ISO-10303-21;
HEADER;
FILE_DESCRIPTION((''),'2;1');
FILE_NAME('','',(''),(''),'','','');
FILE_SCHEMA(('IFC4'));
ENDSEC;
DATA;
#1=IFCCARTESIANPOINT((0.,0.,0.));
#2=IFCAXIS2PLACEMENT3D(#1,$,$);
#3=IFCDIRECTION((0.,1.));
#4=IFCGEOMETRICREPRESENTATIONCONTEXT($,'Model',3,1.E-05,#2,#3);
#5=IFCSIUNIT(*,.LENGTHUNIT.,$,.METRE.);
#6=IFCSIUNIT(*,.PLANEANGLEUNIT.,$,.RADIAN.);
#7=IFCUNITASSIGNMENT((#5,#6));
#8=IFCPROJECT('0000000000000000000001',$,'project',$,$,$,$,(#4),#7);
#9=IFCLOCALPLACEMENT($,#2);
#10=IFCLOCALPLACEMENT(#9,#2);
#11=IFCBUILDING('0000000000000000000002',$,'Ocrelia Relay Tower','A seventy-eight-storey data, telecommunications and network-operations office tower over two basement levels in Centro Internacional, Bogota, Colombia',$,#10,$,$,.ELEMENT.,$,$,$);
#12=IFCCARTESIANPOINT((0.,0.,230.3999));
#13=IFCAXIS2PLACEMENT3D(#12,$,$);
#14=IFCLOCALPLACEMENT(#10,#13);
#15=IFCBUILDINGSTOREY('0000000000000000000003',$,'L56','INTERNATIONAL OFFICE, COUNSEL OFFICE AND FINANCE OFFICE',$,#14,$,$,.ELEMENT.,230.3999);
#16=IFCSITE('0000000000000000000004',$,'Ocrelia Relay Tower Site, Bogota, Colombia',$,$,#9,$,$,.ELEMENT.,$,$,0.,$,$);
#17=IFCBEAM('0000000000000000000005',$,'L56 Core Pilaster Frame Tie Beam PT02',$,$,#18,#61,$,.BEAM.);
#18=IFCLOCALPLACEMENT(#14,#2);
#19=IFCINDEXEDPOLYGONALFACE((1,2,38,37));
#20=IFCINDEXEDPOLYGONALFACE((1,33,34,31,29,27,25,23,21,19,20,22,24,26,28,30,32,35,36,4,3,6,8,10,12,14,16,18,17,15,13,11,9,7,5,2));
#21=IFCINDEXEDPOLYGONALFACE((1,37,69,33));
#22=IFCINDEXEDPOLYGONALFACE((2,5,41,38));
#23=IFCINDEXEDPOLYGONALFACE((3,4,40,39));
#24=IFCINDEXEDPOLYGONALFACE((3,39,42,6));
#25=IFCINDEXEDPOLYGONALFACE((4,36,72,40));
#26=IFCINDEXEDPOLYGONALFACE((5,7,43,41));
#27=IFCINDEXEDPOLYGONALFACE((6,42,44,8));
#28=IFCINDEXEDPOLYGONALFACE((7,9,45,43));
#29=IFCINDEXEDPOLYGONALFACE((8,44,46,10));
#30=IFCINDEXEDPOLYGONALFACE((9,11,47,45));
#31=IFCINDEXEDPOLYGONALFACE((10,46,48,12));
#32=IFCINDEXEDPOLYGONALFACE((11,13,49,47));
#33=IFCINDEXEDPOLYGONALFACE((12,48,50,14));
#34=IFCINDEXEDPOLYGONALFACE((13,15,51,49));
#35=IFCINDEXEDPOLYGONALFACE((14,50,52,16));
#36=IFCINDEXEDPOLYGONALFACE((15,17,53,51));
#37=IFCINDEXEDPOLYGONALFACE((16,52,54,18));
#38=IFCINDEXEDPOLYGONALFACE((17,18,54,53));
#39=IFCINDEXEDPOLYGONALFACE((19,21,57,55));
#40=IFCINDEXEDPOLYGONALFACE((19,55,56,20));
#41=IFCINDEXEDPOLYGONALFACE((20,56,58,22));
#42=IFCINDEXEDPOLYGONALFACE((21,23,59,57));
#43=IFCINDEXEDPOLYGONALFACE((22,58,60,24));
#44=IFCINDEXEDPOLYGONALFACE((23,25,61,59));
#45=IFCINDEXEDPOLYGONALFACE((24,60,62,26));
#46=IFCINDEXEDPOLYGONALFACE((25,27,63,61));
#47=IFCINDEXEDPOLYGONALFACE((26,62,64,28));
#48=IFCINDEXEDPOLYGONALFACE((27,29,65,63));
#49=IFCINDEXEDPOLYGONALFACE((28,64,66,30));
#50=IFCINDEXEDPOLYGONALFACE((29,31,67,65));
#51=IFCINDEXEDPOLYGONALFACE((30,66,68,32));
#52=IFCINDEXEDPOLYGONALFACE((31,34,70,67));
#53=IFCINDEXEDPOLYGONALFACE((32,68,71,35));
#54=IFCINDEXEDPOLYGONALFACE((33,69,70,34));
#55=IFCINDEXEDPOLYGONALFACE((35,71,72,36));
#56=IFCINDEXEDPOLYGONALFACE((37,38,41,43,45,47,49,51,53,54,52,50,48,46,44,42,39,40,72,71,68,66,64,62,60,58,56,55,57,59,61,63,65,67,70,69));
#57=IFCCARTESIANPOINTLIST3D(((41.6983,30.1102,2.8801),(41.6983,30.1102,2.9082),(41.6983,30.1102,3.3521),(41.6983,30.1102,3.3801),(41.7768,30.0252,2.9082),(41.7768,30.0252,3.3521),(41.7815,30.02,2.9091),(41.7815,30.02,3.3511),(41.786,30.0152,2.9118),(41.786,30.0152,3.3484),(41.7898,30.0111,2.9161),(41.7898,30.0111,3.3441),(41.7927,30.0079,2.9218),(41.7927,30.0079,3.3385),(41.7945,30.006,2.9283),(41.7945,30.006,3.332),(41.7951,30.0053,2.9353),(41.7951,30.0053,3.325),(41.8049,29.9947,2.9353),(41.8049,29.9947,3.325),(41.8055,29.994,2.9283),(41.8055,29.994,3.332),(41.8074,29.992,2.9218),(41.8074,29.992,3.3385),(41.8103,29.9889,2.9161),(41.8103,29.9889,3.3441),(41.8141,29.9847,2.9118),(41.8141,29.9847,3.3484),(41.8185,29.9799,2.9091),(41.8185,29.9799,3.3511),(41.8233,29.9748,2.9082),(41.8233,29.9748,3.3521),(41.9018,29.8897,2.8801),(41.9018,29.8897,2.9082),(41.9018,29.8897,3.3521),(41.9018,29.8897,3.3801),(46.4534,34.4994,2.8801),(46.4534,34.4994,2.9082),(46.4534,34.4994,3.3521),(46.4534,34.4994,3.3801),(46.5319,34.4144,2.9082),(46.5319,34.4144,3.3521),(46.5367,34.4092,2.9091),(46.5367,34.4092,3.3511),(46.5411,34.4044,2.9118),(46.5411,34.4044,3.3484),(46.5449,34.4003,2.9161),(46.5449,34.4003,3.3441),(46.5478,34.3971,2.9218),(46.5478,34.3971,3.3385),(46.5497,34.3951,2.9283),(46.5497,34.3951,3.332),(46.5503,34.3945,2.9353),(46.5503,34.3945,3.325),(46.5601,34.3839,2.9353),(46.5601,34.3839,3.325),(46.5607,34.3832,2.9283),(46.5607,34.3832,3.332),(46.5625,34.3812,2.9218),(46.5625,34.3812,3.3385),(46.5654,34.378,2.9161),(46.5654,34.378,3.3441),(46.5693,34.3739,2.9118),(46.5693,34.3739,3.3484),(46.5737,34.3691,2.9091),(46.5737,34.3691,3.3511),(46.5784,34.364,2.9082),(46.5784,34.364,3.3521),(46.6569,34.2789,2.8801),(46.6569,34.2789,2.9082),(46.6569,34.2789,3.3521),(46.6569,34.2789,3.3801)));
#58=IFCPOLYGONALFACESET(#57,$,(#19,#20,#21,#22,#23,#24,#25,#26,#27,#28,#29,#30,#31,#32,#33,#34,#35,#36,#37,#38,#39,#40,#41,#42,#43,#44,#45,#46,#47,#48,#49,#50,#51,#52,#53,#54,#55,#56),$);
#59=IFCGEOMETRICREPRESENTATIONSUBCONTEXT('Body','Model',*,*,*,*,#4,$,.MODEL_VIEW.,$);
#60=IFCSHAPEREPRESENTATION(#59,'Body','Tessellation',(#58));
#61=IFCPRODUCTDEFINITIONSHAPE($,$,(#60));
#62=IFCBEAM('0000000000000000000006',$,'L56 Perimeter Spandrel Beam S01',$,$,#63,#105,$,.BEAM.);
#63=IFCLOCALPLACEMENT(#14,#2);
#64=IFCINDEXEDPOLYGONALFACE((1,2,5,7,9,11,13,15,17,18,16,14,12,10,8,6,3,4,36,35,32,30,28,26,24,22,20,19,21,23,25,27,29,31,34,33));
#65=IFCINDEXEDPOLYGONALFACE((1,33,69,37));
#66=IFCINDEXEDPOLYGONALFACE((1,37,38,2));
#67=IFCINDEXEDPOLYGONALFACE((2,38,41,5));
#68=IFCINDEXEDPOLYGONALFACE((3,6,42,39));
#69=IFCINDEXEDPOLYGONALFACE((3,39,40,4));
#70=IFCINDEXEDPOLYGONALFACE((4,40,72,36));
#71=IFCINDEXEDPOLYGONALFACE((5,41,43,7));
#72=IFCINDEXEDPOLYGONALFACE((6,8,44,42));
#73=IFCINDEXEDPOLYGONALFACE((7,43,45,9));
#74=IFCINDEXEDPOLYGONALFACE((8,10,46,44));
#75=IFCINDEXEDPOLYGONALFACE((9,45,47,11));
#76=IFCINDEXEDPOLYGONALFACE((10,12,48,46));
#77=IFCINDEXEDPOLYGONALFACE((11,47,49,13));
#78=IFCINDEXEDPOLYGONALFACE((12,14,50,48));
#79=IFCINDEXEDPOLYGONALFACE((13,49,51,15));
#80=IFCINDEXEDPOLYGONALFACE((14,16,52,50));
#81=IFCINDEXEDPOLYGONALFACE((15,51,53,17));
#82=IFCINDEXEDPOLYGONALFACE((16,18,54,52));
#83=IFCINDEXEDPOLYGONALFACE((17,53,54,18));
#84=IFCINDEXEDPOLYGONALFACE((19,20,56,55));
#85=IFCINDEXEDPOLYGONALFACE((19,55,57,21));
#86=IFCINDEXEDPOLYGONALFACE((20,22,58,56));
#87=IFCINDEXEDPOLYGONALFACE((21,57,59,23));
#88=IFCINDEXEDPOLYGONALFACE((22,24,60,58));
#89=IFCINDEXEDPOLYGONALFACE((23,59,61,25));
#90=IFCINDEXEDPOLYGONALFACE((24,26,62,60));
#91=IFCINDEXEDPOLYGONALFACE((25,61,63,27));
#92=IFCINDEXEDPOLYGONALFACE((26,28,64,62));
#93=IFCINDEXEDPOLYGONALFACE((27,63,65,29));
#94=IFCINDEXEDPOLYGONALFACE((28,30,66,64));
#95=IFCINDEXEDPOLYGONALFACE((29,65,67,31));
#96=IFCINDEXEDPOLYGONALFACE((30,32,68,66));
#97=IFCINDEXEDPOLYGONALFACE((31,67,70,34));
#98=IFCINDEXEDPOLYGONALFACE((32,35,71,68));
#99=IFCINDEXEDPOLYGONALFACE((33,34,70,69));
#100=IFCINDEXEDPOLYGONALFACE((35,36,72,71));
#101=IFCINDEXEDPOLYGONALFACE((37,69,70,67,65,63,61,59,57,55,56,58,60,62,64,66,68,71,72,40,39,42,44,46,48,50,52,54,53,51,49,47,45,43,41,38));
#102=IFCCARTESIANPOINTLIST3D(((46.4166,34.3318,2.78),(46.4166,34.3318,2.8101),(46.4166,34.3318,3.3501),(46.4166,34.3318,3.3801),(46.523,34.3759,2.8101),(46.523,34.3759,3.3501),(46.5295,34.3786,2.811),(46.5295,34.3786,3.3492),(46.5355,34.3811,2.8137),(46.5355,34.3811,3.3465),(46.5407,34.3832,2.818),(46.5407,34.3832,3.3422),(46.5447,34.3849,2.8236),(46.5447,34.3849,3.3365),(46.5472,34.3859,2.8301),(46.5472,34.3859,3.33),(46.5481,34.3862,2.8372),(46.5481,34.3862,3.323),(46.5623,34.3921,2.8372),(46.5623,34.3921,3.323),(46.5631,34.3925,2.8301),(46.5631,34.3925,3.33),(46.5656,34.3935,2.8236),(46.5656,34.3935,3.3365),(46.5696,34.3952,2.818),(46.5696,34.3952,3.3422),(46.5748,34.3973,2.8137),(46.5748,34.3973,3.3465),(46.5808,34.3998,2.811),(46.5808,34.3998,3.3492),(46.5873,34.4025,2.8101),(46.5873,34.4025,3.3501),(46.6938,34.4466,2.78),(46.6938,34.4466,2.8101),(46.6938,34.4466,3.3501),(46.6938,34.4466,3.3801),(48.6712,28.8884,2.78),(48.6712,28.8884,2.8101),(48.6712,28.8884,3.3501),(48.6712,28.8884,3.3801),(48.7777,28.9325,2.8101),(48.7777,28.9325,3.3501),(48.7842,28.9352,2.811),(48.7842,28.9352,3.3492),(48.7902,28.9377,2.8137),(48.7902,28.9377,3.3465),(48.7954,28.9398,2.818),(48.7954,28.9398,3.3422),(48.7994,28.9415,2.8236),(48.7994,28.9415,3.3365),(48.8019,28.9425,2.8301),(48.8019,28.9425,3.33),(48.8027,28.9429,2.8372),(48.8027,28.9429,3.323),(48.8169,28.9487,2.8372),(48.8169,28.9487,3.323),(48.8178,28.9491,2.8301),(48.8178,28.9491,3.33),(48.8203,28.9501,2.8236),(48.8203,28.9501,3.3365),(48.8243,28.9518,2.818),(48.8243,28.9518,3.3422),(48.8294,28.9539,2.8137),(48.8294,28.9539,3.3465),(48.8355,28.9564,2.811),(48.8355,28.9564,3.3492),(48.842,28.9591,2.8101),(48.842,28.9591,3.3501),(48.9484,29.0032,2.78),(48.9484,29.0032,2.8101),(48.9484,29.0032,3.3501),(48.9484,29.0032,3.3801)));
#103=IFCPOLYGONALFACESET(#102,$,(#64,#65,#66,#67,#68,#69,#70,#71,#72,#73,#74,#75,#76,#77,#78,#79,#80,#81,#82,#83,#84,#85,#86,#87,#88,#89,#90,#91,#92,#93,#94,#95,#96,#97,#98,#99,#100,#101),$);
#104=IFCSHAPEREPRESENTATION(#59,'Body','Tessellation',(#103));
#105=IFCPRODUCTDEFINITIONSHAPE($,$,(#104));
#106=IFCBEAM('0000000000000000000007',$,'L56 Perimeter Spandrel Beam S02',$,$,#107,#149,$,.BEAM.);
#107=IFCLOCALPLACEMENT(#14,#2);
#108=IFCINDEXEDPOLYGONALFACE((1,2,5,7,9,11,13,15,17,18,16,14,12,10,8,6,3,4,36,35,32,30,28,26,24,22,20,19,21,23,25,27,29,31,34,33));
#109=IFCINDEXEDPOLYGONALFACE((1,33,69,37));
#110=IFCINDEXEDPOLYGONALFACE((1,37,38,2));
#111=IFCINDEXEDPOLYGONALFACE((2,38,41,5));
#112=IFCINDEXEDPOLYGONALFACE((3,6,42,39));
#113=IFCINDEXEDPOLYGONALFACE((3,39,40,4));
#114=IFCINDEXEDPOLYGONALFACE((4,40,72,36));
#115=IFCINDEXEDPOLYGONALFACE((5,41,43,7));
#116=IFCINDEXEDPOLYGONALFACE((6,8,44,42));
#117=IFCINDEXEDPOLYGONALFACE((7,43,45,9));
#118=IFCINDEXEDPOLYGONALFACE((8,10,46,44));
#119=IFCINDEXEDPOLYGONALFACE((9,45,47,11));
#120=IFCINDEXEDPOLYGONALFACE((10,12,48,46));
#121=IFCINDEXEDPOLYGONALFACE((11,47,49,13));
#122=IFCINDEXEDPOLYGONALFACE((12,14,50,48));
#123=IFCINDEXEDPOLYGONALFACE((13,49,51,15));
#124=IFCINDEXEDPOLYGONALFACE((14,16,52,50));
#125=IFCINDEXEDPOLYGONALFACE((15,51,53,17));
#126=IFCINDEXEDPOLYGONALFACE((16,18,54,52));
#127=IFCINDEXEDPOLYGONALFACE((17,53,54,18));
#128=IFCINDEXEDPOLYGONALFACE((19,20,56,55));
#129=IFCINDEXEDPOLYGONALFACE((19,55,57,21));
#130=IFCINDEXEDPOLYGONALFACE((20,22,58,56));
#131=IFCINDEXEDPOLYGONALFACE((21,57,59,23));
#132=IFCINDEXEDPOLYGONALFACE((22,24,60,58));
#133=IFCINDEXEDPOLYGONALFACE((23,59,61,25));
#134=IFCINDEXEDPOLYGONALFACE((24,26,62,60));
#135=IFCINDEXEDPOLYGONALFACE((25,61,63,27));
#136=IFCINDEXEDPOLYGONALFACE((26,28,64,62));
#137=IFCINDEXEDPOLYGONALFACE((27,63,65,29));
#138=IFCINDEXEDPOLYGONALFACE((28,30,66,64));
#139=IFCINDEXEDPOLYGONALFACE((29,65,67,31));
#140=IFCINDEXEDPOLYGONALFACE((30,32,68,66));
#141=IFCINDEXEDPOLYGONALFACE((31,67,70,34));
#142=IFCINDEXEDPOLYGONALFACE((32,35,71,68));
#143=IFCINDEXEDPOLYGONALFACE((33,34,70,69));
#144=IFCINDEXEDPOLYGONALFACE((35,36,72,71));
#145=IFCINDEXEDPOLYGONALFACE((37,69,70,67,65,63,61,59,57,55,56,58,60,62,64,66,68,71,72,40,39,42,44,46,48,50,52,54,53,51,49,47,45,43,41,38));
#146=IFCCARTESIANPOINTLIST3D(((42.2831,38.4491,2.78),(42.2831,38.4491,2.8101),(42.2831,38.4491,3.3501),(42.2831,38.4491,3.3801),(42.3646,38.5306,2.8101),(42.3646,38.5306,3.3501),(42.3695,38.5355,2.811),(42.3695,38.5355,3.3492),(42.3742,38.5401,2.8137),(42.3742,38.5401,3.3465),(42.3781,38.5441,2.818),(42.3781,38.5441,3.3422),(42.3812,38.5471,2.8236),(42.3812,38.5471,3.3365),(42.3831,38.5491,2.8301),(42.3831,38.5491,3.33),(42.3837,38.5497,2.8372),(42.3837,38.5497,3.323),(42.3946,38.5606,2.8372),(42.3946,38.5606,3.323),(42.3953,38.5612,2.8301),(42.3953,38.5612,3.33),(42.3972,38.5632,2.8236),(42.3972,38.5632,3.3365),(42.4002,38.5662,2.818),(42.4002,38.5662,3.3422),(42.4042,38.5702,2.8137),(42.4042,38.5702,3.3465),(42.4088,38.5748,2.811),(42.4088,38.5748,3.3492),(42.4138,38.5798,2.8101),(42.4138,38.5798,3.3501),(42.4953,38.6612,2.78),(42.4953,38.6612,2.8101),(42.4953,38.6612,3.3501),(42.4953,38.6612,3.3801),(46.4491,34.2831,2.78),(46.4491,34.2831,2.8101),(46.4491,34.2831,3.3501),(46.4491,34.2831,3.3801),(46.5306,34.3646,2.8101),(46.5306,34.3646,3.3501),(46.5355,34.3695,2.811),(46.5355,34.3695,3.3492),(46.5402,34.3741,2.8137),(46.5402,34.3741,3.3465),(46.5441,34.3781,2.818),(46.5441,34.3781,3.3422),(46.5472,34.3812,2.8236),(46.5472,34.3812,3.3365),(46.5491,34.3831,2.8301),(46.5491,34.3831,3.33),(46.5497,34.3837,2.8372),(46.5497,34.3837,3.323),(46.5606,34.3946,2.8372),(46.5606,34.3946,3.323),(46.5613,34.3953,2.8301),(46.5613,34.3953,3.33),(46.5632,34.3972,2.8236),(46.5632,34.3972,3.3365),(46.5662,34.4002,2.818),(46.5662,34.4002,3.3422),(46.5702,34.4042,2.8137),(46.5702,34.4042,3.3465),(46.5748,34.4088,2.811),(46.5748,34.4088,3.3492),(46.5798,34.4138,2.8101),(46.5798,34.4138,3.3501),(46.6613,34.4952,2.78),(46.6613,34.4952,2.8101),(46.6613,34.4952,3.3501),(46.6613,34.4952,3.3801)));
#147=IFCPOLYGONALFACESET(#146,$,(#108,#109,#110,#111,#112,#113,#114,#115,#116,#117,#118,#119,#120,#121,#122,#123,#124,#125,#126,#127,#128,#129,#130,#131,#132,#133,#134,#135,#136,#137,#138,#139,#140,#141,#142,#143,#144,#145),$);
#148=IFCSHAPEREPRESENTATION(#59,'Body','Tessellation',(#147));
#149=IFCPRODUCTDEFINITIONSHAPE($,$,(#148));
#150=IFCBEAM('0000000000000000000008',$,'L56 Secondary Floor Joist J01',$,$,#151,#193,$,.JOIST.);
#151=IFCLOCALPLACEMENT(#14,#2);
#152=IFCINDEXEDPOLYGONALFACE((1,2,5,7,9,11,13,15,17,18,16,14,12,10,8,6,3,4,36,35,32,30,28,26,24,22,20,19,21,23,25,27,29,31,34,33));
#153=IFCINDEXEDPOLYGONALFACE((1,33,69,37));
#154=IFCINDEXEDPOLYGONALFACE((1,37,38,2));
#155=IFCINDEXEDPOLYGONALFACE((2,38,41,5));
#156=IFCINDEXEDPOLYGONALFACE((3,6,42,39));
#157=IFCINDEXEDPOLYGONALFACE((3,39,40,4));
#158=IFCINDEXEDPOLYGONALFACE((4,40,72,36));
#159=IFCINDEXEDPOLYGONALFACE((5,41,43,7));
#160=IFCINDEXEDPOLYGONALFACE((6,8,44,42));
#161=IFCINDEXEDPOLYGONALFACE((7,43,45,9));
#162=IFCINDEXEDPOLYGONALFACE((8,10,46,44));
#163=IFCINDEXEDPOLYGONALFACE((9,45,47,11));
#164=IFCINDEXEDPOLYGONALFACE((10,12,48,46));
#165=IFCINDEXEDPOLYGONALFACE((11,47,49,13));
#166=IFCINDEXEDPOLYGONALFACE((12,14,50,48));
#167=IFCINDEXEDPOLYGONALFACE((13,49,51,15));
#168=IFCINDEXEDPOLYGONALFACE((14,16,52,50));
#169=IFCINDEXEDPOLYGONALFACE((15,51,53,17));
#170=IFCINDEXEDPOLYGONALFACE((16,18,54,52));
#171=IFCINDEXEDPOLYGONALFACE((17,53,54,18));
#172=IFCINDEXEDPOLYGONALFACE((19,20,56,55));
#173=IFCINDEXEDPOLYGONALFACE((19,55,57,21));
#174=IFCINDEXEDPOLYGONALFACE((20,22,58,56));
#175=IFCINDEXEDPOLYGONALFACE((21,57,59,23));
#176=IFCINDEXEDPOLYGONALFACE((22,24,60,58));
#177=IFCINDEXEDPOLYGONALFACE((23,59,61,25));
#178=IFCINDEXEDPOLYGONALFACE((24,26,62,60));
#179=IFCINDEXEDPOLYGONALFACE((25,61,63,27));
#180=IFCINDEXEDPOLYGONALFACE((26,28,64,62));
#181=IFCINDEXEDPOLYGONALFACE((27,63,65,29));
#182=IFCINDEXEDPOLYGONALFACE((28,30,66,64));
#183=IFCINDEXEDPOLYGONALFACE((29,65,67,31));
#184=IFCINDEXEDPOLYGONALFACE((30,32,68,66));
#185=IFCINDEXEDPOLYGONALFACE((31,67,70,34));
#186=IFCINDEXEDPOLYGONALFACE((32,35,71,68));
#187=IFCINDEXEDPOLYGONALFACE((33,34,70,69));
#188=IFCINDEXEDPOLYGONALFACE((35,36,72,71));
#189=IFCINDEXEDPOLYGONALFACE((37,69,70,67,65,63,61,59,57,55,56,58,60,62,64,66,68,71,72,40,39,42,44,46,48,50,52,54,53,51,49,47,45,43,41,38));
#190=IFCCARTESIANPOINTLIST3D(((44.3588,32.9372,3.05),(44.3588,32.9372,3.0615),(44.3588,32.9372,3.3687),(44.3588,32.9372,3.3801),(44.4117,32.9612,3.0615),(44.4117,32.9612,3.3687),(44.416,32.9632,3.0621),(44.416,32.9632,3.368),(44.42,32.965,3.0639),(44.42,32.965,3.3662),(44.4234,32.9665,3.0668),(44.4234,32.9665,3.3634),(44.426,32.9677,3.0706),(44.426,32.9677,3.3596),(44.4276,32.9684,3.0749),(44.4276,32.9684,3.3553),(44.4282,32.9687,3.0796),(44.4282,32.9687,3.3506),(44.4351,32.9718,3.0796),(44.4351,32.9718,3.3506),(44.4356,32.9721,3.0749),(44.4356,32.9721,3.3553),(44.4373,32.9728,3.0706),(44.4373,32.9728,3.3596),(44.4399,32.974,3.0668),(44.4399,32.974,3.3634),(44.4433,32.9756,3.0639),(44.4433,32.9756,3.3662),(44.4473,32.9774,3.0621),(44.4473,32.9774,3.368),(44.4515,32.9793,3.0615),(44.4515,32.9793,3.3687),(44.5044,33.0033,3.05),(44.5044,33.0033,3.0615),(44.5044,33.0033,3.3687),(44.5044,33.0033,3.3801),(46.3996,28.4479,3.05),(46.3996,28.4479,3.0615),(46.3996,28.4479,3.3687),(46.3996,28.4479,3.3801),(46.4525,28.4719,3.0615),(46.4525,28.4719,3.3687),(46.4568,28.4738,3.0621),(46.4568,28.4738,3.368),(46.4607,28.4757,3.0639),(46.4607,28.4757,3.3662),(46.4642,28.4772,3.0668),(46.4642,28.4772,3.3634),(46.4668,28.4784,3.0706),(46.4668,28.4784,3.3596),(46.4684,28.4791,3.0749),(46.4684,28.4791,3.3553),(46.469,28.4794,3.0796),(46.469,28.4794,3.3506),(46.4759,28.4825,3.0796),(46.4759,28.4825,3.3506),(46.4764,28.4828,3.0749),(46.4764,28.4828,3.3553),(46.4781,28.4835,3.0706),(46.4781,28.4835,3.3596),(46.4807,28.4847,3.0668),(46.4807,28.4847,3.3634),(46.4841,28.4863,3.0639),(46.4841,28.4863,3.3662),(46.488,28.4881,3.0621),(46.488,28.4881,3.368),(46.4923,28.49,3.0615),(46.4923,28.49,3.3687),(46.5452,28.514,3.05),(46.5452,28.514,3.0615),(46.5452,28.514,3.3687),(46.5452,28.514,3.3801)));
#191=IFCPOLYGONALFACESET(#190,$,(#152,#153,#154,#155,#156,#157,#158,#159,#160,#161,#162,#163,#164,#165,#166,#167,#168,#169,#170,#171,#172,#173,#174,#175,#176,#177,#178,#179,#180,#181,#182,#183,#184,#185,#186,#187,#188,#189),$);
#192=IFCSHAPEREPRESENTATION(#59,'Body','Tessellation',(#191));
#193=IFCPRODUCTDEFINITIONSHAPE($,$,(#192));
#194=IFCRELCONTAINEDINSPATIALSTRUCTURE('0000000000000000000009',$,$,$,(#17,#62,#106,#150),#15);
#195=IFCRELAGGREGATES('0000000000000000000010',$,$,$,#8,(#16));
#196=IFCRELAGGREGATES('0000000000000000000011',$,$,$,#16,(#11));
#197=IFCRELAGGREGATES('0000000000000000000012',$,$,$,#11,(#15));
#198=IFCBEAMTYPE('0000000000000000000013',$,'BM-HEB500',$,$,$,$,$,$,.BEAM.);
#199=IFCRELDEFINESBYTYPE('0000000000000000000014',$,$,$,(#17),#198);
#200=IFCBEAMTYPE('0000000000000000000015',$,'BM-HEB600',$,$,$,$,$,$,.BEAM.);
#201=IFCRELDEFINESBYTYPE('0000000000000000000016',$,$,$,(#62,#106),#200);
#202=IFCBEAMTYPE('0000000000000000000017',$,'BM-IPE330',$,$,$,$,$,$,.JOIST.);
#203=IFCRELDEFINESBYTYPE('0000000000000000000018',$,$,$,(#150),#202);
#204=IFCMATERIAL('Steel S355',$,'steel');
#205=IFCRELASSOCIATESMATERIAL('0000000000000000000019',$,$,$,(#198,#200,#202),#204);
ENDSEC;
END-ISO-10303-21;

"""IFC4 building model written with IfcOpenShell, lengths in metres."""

from ifc_helpers import new_model, si_unit, direction, frame, origin, origin_2d, place, context, subcontext, project, spatial, i_section, extrude, material, material_profile, profile_set, type_object, element, save


model = new_model("IFC4")

# Units and contexts
model_context = context("Model", 3, precision=1e-05, world=origin(), true_north=direction((0.0, 1.0)))
body_context = subcontext(model_context, "Body", "Model", "MODEL_VIEW")
ifc_project = project(units=[si_unit("LENGTHUNIT", "METRE"), si_unit("PLANEANGLEUNIT", "RADIAN")], contexts=[model_context])

# Site, building, storey
site_placement = place(None, origin())
site = spatial("IfcSite", under=ifc_project, at=site_placement, Name="Ocrelia Relay Tower Site, Bogota, Colombia", CompositionType="ELEMENT", RefElevation=0.0)
building_placement = place(site_placement, origin())
building = spatial("IfcBuilding", under=site, at=building_placement, Name="Ocrelia Relay Tower", Description="A seventy-eight-storey data, telecommunications and network-operations office tower over two basement levels in Centro Internacional, Bogota, Colombia", CompositionType="ELEMENT")
storey_placement = place(building_placement, frame((0.0, 0.0, 230.3999)))
storey = spatial("IfcBuildingStorey", under=building, at=storey_placement, Name="L56", Description="INTERNATIONAL OFFICE, COUNSEL OFFICE AND FINANCE OFFICE", CompositionType="ELEMENT", Elevation=230.3999)

# Beams
ifc_material_1 = material(Name="Steel S355", Category="steel")
ifc_material_profile_1 = material_profile(ifc_material_1, i_section(OverallWidth=0.3, OverallDepth=0.5, WebThickness=0.0144, FlangeThickness=0.0281, FilletRadius=0.0271, at=origin_2d()), Name="HEB 500")
ifc_profile_set_1 = profile_set([ifc_material_profile_1], Name="Steel S355")
beam_type_1 = type_object("IfcBeamType", Name="BM-HEB500", PredefinedType="BEAM", material=ifc_profile_set_1)
beam_1_placement = place(storey_placement, frame((46.5552, 34.3892, 3.1301), z_axis=(-0.734818, -0.678264, 0.0), x_axis=(0.678264, -0.734818, 0.0)))
element("IfcBeam", 1, at=beam_1_placement, inside=storey, type_object=beam_type_1, Name="L56 Core Pilaster Frame Tie Beam PT02", PredefinedType="BEAM", context=body_context, shape_type="SweptSolid", body=[
    extrude(i_section(OverallWidth=0.3, OverallDepth=0.5, WebThickness=0.0144, FlangeThickness=0.0281, FilletRadius=0.0271, at=origin_2d()), origin(), (0.0, 0.0, 1.0), 6.4712),
])
ifc_material_profile_2 = material_profile(ifc_material_1, i_section(OverallWidth=0.3, OverallDepth=0.6001, WebThickness=0.0154, FlangeThickness=0.03, FilletRadius=0.0271, at=origin_2d()), Name="HEB 600")
ifc_profile_set_2 = profile_set([ifc_material_profile_2], Name="Steel S355")
beam_type_2 = type_object("IfcBeamType", Name="BM-HEB600", PredefinedType="BEAM", material=ifc_profile_set_2)
beam_2_placement = place(storey_placement, frame((48.8098, 28.9458, 3.0801), z_axis=(-0.382673, 0.923884, 0.0), x_axis=(-0.923884, -0.382673, 0.0)))
element("IfcBeam", 2, at=beam_2_placement, inside=storey, type_object=beam_type_2, Name="L56 Perimeter Spandrel Beam S01", PredefinedType="BEAM", context=body_context, shape_type="SweptSolid", body=[
    extrude(i_section(OverallWidth=0.3, OverallDepth=0.6001, WebThickness=0.0154, FlangeThickness=0.03, FilletRadius=0.0271, at=origin_2d()), origin(), (0.0, 0.0, 1.0), 5.8918),
])
beam_3_placement = place(storey_placement, frame((46.5552, 34.3892, 3.0801), z_axis=(-0.707107, 0.707107, 0.0), x_axis=(-0.707107, -0.707107, 0.0)))
element("IfcBeam", 3, at=beam_3_placement, inside=storey, type_object=beam_type_2, Name="L56 Perimeter Spandrel Beam S02", PredefinedType="BEAM", context=body_context, shape_type="SweptSolid", body=[
    extrude(i_section(OverallWidth=0.3, OverallDepth=0.6001, WebThickness=0.0154, FlangeThickness=0.03, FilletRadius=0.0271, at=origin_2d()), origin(), (0.0, 0.0, 1.0), 5.8916),
])
ifc_material_profile_3 = material_profile(ifc_material_1, i_section(OverallWidth=0.1599, OverallDepth=0.3301, WebThickness=0.0076, FlangeThickness=0.0115, FilletRadius=0.0181, at=origin_2d()), Name="IPE 330")
ifc_profile_set_3 = profile_set([ifc_material_profile_3], Name="Steel S355")
beam_type_3 = type_object("IfcBeamType", Name="BM-IPE330", PredefinedType="JOIST", material=ifc_profile_set_3)
beam_4_placement = place(storey_placement, frame((46.4724, 28.481, 3.2151), z_axis=(-0.413837, 0.910351, 0.0), x_axis=(-0.910351, -0.413837, 0.0)))
element("IfcBeam", 4, at=beam_4_placement, inside=storey, type_object=beam_type_3, Name="L56 Secondary Floor Joist J01", PredefinedType="JOIST", context=body_context, shape_type="SweptSolid", body=[
    extrude(i_section(OverallWidth=0.1599, OverallDepth=0.3301, WebThickness=0.0076, FlangeThickness=0.0115, FilletRadius=0.0181, at=origin_2d()), origin(), (0.0, 0.0, 1.0), 4.9314),
])

save(model, "model.ifc")
